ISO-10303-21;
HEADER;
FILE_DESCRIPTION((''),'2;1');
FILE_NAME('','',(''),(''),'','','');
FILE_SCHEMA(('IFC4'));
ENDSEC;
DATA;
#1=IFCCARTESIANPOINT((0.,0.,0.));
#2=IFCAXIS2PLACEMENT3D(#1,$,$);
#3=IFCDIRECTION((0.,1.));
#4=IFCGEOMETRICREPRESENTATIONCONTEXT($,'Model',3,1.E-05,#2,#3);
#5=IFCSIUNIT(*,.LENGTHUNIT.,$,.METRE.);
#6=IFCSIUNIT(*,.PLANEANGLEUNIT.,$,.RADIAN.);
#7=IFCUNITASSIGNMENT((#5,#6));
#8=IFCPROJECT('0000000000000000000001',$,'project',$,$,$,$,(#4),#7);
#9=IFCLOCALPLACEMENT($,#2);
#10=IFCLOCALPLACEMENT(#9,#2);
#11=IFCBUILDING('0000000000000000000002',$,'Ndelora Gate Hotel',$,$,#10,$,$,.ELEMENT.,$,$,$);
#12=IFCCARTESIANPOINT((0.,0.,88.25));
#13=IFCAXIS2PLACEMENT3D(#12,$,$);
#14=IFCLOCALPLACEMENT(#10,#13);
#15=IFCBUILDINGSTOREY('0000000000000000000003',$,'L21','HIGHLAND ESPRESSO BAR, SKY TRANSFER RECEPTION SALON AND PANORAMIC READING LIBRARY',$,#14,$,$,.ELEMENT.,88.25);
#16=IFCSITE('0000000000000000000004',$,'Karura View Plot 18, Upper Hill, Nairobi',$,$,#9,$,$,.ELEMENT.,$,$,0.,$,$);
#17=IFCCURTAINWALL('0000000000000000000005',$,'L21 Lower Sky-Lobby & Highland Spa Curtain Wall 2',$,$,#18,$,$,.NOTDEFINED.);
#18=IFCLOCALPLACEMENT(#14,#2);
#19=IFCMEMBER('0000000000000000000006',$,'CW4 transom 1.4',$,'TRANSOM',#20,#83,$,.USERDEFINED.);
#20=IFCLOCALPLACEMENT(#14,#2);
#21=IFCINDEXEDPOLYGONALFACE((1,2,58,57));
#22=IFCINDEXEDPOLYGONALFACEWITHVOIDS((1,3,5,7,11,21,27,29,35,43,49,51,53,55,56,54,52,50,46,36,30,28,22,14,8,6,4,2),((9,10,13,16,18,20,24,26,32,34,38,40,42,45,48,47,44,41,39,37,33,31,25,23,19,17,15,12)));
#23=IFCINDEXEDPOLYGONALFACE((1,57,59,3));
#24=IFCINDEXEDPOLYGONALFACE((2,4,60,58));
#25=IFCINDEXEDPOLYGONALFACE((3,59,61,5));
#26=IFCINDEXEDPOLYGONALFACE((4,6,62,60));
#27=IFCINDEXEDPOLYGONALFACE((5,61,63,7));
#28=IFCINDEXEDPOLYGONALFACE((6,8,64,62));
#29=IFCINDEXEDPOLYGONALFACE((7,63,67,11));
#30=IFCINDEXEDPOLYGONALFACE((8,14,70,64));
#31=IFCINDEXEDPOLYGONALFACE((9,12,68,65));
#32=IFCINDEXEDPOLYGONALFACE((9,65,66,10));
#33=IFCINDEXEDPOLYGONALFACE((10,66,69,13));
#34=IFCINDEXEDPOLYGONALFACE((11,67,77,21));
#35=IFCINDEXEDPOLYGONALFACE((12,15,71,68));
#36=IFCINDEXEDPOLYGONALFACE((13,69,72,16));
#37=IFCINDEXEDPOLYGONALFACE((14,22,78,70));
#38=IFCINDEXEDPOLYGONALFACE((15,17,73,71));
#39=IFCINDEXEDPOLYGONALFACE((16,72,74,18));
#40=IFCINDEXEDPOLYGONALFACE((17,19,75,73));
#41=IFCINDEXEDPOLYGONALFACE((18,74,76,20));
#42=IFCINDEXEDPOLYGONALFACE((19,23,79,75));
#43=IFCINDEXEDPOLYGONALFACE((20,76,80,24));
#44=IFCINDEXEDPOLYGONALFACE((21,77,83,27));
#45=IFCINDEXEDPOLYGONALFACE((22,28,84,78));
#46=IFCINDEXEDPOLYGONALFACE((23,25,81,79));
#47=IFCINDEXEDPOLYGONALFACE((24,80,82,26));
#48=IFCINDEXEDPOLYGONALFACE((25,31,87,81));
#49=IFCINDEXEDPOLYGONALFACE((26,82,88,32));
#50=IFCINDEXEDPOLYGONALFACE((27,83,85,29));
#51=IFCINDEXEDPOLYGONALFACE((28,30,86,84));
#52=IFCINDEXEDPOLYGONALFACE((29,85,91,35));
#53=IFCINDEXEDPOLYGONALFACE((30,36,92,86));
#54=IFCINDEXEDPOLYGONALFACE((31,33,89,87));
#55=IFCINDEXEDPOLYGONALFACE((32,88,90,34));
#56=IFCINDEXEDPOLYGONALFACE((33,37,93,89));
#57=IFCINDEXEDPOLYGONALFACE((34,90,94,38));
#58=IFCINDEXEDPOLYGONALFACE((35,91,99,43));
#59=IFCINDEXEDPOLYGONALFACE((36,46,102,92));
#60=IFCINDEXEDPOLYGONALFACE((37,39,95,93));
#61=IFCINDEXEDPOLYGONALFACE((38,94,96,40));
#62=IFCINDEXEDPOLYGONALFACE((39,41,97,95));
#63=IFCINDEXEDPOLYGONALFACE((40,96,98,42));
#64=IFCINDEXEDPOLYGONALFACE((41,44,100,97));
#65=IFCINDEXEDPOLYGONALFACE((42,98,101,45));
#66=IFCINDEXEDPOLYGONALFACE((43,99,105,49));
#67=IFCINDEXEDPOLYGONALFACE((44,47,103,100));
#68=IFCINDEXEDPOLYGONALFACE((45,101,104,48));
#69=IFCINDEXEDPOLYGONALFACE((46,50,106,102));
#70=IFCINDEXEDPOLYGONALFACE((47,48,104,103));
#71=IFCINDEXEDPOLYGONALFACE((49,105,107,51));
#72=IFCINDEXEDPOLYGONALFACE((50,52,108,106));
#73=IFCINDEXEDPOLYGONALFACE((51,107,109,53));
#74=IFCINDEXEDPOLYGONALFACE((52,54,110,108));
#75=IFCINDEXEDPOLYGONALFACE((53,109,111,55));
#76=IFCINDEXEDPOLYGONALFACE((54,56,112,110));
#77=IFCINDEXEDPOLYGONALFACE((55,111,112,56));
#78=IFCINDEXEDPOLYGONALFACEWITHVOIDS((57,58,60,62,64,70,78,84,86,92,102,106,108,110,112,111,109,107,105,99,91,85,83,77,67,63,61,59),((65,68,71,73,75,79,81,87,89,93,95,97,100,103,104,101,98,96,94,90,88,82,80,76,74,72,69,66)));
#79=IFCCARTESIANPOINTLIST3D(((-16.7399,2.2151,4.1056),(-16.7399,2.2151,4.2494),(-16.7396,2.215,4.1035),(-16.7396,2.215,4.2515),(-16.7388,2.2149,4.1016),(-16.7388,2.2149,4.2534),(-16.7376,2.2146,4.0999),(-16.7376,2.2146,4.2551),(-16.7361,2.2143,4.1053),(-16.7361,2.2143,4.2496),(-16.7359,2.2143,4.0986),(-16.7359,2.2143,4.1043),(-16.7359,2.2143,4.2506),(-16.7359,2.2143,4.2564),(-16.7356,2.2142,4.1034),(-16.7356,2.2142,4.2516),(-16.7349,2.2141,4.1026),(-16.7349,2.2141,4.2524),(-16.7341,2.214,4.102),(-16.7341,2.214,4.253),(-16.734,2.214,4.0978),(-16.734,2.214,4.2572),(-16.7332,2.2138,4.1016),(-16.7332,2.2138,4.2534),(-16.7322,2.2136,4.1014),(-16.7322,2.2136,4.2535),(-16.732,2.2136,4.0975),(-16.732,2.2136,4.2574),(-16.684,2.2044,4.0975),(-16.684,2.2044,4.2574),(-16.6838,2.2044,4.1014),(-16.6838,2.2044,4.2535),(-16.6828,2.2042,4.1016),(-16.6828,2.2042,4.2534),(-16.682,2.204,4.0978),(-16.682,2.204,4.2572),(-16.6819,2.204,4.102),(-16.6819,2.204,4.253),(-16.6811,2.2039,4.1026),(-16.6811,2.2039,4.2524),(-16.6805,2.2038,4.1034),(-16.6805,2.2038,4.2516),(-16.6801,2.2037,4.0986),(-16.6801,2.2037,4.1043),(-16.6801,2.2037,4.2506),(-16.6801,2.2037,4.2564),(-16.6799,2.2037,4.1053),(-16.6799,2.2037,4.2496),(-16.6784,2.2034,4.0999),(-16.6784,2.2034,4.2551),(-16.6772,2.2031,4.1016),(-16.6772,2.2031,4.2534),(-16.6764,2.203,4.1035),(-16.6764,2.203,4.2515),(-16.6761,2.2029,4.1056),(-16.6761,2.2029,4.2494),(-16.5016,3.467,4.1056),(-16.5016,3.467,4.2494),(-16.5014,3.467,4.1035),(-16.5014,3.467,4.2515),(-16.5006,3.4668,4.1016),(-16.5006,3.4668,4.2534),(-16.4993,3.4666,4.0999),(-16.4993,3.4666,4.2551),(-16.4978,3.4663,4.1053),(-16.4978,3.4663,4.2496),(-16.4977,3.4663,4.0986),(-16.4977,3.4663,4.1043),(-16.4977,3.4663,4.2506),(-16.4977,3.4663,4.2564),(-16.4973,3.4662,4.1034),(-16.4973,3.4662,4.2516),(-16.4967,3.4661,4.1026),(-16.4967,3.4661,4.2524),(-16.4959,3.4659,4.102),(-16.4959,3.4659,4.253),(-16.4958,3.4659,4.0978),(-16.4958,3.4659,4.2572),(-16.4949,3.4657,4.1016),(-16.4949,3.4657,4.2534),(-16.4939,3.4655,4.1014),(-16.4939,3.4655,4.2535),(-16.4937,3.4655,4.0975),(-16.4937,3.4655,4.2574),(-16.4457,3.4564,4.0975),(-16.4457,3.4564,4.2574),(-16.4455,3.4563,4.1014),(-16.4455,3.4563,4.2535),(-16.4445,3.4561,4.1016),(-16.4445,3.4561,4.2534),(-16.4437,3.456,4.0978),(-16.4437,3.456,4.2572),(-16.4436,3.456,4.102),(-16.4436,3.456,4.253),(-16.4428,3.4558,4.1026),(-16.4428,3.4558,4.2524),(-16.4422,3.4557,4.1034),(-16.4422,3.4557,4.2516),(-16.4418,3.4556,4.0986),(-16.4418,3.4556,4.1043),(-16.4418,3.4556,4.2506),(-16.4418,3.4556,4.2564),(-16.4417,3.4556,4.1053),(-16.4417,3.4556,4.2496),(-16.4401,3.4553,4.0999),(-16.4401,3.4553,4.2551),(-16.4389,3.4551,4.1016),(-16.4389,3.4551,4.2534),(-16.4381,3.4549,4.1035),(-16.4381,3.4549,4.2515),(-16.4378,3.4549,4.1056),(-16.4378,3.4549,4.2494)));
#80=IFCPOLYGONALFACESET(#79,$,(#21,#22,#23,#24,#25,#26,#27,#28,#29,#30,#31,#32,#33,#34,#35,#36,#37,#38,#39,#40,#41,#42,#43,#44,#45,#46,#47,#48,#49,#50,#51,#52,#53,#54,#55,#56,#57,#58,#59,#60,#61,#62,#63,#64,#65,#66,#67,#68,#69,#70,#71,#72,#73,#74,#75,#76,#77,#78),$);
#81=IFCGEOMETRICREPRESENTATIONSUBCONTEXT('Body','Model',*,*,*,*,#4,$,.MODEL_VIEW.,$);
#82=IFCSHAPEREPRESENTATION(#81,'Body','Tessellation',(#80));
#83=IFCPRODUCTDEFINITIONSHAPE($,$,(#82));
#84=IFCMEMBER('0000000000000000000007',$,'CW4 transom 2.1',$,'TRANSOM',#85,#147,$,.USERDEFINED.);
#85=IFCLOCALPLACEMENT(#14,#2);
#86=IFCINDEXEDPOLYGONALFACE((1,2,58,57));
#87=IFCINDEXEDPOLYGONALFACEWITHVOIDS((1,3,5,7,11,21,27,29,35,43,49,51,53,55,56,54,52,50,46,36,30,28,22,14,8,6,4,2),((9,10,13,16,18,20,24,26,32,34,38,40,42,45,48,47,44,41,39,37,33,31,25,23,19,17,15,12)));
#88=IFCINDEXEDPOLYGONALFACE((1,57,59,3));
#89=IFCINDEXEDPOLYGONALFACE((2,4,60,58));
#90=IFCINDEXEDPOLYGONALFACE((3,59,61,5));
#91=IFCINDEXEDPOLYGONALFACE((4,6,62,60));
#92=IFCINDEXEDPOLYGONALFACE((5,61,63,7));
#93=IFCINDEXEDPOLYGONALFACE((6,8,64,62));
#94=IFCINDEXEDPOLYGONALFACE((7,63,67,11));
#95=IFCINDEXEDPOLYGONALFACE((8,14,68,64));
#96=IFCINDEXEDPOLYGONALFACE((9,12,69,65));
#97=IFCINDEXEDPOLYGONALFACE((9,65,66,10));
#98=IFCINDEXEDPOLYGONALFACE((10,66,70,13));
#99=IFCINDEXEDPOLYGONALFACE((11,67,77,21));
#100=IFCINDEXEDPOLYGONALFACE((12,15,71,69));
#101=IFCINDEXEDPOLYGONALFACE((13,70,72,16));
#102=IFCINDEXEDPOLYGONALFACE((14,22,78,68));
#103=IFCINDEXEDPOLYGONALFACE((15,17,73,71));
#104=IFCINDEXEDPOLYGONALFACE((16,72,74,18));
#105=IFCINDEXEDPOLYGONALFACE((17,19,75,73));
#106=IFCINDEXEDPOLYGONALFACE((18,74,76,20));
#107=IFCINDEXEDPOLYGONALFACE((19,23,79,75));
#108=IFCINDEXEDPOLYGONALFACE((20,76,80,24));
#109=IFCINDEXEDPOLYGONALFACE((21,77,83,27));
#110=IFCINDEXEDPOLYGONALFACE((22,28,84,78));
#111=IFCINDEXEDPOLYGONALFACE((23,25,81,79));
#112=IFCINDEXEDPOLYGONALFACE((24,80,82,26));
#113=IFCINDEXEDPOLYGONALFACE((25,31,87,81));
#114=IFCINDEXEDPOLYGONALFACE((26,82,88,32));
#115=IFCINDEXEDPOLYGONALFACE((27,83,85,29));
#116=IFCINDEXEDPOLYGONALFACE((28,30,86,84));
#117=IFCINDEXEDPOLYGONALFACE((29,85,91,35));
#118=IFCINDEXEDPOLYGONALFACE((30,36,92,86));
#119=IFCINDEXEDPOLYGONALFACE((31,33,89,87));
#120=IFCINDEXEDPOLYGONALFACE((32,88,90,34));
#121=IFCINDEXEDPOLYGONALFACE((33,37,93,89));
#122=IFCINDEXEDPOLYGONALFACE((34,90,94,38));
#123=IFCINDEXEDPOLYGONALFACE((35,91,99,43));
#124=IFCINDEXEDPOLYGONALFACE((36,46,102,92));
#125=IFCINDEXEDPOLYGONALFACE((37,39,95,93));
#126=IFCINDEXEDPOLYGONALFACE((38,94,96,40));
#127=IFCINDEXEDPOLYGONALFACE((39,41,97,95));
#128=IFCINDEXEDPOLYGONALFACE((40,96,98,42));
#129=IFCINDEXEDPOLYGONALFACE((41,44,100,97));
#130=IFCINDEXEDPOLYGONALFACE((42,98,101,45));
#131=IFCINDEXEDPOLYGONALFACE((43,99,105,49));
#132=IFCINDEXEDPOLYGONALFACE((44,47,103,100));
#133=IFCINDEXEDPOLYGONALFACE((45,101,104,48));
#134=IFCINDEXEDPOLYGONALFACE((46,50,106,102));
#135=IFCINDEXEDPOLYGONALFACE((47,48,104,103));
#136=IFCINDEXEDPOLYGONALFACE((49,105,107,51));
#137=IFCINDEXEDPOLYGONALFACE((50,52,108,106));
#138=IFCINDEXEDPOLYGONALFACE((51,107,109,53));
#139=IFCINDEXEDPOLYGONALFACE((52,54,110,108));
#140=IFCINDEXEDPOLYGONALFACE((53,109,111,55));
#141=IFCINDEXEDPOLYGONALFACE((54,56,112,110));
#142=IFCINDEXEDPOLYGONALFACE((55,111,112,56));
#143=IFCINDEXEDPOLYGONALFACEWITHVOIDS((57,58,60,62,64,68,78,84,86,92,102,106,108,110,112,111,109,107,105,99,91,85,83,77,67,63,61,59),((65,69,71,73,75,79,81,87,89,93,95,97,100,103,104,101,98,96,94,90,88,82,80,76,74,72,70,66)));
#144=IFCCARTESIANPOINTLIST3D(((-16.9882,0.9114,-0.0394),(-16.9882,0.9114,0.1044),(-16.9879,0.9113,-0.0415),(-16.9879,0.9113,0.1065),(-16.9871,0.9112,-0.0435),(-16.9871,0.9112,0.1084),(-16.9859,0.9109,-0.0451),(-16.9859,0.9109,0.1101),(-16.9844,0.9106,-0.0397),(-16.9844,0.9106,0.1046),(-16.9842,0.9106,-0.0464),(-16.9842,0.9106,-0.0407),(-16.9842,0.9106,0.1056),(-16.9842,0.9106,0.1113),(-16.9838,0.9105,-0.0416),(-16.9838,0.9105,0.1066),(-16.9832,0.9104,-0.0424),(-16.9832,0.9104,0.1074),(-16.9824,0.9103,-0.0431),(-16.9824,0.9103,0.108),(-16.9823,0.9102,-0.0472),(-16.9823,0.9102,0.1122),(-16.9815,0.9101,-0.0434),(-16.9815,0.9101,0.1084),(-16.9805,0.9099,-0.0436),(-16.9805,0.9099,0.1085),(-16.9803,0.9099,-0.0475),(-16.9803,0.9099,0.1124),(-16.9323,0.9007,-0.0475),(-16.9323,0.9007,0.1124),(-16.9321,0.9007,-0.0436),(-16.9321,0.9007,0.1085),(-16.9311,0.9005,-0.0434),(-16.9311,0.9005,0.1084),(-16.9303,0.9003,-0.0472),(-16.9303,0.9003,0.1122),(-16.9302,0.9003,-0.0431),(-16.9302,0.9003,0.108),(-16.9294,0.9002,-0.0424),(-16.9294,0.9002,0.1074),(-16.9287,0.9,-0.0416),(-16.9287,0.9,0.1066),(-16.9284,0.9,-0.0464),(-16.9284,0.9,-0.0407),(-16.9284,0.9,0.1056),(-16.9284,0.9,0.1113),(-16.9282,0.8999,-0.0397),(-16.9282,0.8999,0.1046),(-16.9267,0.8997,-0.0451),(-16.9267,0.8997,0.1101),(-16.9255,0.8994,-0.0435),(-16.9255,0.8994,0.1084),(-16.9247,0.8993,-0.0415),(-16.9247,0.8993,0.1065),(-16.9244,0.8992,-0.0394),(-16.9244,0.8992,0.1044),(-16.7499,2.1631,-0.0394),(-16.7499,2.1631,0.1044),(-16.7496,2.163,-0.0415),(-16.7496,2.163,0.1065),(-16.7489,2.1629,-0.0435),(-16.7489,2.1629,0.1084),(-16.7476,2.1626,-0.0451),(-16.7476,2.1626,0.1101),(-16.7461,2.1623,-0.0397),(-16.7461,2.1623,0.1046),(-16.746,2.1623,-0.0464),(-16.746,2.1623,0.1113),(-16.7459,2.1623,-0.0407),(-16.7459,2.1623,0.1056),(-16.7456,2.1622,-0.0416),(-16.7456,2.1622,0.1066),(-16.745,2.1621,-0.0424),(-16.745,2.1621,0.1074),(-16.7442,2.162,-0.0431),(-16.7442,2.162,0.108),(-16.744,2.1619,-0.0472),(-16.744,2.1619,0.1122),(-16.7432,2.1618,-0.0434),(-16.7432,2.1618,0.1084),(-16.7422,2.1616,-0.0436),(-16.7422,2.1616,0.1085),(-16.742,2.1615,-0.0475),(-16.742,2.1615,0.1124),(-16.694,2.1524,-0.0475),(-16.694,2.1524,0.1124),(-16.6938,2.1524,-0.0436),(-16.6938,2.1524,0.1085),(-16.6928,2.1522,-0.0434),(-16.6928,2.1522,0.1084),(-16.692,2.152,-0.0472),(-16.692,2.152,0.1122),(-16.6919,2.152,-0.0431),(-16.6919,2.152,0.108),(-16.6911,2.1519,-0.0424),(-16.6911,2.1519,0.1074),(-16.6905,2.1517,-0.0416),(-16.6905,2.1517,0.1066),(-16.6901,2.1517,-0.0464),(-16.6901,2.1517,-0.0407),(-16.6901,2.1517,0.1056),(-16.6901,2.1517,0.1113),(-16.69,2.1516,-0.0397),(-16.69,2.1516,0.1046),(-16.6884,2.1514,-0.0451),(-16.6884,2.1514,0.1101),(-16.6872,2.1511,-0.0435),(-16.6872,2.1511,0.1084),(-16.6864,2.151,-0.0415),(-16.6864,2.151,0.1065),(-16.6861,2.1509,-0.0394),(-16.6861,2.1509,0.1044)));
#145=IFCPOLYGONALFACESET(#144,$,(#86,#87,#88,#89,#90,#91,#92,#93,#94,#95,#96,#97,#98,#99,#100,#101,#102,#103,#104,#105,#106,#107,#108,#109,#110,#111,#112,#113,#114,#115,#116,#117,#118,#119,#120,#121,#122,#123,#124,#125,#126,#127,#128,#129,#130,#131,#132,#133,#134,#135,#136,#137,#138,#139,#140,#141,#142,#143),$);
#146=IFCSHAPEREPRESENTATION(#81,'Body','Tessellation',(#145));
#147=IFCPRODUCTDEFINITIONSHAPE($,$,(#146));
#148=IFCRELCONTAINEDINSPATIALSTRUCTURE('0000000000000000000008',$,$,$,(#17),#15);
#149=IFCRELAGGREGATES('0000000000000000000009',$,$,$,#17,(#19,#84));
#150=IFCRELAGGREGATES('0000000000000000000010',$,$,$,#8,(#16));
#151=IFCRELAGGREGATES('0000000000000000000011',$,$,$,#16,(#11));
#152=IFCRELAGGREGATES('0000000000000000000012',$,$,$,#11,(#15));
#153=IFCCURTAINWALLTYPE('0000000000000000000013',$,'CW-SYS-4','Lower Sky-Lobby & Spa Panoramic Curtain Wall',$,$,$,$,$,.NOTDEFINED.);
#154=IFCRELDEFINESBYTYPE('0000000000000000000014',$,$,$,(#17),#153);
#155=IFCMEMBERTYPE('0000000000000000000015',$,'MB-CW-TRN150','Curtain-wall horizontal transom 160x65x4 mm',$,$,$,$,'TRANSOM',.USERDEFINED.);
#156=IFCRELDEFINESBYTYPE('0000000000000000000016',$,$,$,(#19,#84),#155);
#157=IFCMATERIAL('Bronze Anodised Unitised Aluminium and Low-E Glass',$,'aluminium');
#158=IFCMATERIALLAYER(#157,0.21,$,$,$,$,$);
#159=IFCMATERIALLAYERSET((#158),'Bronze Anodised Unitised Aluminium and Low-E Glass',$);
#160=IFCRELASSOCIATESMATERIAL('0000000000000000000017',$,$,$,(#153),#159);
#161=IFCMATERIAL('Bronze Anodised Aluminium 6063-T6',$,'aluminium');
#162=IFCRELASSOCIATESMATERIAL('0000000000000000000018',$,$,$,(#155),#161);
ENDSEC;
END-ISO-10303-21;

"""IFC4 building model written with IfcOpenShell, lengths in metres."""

from ifc_helpers import new_model, si_unit, direction, frame, origin, origin_2d, place, context, subcontext, project, spatial, hollow_rectangle, extrude, material, layer, layer_set, material_profile, profile_set, type_object, element, aggregate, save


model = new_model("IFC4")

# Units and contexts
model_context = context("Model", 3, precision=1e-05, world=origin(), true_north=direction((0.0, 1.0)))
body_context = subcontext(model_context, "Body", "Model", "MODEL_VIEW")
ifc_project = project(units=[si_unit("LENGTHUNIT", "METRE"), si_unit("PLANEANGLEUNIT", "RADIAN")], contexts=[model_context])

# Site, building, storey
site_placement = place(None, origin())
site = spatial("IfcSite", under=ifc_project, at=site_placement, Name="Karura View Plot 18, Upper Hill, Nairobi", CompositionType="ELEMENT", RefElevation=0.0)
building_placement = place(site_placement, origin())
building = spatial("IfcBuilding", under=site, at=building_placement, Name="Ndelora Gate Hotel", CompositionType="ELEMENT")
storey_placement = place(building_placement, frame((0.0, 0.0, 88.25)))
storey = spatial("IfcBuildingStorey", under=building, at=storey_placement, Name="L21", Description="HIGHLAND ESPRESSO BAR, SKY TRANSFER RECEPTION SALON AND PANORAMIC READING LIBRARY", CompositionType="ELEMENT", Elevation=88.25)

# Curtain wall, members
ifc_material_1 = material(Name="Bronze Anodised Unitised Aluminium and Low-E Glass", Category="aluminium")
ifc_layer_1 = layer(ifc_material_1, 0.21)
ifc_layer_set_1 = layer_set([ifc_layer_1], Name="Bronze Anodised Unitised Aluminium and Low-E Glass")
curtain_wall_type = type_object("IfcCurtainWallType", Name="CW-SYS-4", Description="Lower Sky-Lobby & Spa Panoramic Curtain Wall", PredefinedType="NOTDEFINED", material=ifc_layer_set_1)
curtain_wall_placement = place(storey_placement, origin())
curtain_wall = element("IfcCurtainWall", 1, at=curtain_wall_placement, inside=storey, type_object=curtain_wall_type, Name="L21 Lower Sky-Lobby & Highland Spa Curtain Wall 2", PredefinedType="NOTDEFINED")
ifc_material_2 = material(Name="Bronze Anodised Aluminium 6063-T6", Category="aluminium")
ifc_material_profile_1 = material_profile(ifc_material_2, hollow_rectangle(XDim=0.0649, YDim=0.1599, WallThickness=0.0039, InnerFilletRadius=0.0039, OuterFilletRadius=0.0081, at=origin_2d()), Name="ALU 160x65x4")
ifc_profile_set_1 = profile_set([ifc_material_profile_1], Name="Bronze Anodised Aluminium 6063-T6")
member_type_1 = type_object("IfcMemberType", Name="MB-CW-TRN150", Description="Curtain-wall horizontal transom 160x65x4 mm", ElementType="TRANSOM", PredefinedType="USERDEFINED", material=ifc_profile_set_1)
member_1_placement = place(storey_placement, frame((-16.4697, 3.4609, 4.1775), z_axis=(-0.186971, -0.982365, 0.0), x_axis=(0.982365, -0.186971, 0.0)))
member_1 = element("IfcMember", 2, at=member_1_placement, type_object=member_type_1, Name="CW4 transom 1.4", ObjectType="TRANSOM", PredefinedType="USERDEFINED", context=body_context, shape_type="SweptSolid", body=[
    extrude(hollow_rectangle(XDim=0.0649, YDim=0.1599, WallThickness=0.0039, InnerFilletRadius=0.0039, OuterFilletRadius=0.0081, at=origin_2d()), origin(), (0.0, 0.0, 1.0), 1.2744),
])
member_2_placement = place(storey_placement, frame((-16.718, 2.157, 0.0325), z_axis=(-0.187006, -0.982359, 0.0), x_axis=(0.982359, -0.187006, 0.0)))
member_2 = element("IfcMember", 3, at=member_2_placement, type_object=member_type_1, Name="CW4 transom 2.1", ObjectType="TRANSOM", PredefinedType="USERDEFINED", context=body_context, shape_type="SweptSolid", body=[
    extrude(hollow_rectangle(XDim=0.0649, YDim=0.1599, WallThickness=0.0039, InnerFilletRadius=0.0039, OuterFilletRadius=0.0081, at=origin_2d()), origin(), (0.0, 0.0, 1.0), 1.2742),
])
aggregate(curtain_wall, [member_1, member_2])

save(model, "model.ifc")
